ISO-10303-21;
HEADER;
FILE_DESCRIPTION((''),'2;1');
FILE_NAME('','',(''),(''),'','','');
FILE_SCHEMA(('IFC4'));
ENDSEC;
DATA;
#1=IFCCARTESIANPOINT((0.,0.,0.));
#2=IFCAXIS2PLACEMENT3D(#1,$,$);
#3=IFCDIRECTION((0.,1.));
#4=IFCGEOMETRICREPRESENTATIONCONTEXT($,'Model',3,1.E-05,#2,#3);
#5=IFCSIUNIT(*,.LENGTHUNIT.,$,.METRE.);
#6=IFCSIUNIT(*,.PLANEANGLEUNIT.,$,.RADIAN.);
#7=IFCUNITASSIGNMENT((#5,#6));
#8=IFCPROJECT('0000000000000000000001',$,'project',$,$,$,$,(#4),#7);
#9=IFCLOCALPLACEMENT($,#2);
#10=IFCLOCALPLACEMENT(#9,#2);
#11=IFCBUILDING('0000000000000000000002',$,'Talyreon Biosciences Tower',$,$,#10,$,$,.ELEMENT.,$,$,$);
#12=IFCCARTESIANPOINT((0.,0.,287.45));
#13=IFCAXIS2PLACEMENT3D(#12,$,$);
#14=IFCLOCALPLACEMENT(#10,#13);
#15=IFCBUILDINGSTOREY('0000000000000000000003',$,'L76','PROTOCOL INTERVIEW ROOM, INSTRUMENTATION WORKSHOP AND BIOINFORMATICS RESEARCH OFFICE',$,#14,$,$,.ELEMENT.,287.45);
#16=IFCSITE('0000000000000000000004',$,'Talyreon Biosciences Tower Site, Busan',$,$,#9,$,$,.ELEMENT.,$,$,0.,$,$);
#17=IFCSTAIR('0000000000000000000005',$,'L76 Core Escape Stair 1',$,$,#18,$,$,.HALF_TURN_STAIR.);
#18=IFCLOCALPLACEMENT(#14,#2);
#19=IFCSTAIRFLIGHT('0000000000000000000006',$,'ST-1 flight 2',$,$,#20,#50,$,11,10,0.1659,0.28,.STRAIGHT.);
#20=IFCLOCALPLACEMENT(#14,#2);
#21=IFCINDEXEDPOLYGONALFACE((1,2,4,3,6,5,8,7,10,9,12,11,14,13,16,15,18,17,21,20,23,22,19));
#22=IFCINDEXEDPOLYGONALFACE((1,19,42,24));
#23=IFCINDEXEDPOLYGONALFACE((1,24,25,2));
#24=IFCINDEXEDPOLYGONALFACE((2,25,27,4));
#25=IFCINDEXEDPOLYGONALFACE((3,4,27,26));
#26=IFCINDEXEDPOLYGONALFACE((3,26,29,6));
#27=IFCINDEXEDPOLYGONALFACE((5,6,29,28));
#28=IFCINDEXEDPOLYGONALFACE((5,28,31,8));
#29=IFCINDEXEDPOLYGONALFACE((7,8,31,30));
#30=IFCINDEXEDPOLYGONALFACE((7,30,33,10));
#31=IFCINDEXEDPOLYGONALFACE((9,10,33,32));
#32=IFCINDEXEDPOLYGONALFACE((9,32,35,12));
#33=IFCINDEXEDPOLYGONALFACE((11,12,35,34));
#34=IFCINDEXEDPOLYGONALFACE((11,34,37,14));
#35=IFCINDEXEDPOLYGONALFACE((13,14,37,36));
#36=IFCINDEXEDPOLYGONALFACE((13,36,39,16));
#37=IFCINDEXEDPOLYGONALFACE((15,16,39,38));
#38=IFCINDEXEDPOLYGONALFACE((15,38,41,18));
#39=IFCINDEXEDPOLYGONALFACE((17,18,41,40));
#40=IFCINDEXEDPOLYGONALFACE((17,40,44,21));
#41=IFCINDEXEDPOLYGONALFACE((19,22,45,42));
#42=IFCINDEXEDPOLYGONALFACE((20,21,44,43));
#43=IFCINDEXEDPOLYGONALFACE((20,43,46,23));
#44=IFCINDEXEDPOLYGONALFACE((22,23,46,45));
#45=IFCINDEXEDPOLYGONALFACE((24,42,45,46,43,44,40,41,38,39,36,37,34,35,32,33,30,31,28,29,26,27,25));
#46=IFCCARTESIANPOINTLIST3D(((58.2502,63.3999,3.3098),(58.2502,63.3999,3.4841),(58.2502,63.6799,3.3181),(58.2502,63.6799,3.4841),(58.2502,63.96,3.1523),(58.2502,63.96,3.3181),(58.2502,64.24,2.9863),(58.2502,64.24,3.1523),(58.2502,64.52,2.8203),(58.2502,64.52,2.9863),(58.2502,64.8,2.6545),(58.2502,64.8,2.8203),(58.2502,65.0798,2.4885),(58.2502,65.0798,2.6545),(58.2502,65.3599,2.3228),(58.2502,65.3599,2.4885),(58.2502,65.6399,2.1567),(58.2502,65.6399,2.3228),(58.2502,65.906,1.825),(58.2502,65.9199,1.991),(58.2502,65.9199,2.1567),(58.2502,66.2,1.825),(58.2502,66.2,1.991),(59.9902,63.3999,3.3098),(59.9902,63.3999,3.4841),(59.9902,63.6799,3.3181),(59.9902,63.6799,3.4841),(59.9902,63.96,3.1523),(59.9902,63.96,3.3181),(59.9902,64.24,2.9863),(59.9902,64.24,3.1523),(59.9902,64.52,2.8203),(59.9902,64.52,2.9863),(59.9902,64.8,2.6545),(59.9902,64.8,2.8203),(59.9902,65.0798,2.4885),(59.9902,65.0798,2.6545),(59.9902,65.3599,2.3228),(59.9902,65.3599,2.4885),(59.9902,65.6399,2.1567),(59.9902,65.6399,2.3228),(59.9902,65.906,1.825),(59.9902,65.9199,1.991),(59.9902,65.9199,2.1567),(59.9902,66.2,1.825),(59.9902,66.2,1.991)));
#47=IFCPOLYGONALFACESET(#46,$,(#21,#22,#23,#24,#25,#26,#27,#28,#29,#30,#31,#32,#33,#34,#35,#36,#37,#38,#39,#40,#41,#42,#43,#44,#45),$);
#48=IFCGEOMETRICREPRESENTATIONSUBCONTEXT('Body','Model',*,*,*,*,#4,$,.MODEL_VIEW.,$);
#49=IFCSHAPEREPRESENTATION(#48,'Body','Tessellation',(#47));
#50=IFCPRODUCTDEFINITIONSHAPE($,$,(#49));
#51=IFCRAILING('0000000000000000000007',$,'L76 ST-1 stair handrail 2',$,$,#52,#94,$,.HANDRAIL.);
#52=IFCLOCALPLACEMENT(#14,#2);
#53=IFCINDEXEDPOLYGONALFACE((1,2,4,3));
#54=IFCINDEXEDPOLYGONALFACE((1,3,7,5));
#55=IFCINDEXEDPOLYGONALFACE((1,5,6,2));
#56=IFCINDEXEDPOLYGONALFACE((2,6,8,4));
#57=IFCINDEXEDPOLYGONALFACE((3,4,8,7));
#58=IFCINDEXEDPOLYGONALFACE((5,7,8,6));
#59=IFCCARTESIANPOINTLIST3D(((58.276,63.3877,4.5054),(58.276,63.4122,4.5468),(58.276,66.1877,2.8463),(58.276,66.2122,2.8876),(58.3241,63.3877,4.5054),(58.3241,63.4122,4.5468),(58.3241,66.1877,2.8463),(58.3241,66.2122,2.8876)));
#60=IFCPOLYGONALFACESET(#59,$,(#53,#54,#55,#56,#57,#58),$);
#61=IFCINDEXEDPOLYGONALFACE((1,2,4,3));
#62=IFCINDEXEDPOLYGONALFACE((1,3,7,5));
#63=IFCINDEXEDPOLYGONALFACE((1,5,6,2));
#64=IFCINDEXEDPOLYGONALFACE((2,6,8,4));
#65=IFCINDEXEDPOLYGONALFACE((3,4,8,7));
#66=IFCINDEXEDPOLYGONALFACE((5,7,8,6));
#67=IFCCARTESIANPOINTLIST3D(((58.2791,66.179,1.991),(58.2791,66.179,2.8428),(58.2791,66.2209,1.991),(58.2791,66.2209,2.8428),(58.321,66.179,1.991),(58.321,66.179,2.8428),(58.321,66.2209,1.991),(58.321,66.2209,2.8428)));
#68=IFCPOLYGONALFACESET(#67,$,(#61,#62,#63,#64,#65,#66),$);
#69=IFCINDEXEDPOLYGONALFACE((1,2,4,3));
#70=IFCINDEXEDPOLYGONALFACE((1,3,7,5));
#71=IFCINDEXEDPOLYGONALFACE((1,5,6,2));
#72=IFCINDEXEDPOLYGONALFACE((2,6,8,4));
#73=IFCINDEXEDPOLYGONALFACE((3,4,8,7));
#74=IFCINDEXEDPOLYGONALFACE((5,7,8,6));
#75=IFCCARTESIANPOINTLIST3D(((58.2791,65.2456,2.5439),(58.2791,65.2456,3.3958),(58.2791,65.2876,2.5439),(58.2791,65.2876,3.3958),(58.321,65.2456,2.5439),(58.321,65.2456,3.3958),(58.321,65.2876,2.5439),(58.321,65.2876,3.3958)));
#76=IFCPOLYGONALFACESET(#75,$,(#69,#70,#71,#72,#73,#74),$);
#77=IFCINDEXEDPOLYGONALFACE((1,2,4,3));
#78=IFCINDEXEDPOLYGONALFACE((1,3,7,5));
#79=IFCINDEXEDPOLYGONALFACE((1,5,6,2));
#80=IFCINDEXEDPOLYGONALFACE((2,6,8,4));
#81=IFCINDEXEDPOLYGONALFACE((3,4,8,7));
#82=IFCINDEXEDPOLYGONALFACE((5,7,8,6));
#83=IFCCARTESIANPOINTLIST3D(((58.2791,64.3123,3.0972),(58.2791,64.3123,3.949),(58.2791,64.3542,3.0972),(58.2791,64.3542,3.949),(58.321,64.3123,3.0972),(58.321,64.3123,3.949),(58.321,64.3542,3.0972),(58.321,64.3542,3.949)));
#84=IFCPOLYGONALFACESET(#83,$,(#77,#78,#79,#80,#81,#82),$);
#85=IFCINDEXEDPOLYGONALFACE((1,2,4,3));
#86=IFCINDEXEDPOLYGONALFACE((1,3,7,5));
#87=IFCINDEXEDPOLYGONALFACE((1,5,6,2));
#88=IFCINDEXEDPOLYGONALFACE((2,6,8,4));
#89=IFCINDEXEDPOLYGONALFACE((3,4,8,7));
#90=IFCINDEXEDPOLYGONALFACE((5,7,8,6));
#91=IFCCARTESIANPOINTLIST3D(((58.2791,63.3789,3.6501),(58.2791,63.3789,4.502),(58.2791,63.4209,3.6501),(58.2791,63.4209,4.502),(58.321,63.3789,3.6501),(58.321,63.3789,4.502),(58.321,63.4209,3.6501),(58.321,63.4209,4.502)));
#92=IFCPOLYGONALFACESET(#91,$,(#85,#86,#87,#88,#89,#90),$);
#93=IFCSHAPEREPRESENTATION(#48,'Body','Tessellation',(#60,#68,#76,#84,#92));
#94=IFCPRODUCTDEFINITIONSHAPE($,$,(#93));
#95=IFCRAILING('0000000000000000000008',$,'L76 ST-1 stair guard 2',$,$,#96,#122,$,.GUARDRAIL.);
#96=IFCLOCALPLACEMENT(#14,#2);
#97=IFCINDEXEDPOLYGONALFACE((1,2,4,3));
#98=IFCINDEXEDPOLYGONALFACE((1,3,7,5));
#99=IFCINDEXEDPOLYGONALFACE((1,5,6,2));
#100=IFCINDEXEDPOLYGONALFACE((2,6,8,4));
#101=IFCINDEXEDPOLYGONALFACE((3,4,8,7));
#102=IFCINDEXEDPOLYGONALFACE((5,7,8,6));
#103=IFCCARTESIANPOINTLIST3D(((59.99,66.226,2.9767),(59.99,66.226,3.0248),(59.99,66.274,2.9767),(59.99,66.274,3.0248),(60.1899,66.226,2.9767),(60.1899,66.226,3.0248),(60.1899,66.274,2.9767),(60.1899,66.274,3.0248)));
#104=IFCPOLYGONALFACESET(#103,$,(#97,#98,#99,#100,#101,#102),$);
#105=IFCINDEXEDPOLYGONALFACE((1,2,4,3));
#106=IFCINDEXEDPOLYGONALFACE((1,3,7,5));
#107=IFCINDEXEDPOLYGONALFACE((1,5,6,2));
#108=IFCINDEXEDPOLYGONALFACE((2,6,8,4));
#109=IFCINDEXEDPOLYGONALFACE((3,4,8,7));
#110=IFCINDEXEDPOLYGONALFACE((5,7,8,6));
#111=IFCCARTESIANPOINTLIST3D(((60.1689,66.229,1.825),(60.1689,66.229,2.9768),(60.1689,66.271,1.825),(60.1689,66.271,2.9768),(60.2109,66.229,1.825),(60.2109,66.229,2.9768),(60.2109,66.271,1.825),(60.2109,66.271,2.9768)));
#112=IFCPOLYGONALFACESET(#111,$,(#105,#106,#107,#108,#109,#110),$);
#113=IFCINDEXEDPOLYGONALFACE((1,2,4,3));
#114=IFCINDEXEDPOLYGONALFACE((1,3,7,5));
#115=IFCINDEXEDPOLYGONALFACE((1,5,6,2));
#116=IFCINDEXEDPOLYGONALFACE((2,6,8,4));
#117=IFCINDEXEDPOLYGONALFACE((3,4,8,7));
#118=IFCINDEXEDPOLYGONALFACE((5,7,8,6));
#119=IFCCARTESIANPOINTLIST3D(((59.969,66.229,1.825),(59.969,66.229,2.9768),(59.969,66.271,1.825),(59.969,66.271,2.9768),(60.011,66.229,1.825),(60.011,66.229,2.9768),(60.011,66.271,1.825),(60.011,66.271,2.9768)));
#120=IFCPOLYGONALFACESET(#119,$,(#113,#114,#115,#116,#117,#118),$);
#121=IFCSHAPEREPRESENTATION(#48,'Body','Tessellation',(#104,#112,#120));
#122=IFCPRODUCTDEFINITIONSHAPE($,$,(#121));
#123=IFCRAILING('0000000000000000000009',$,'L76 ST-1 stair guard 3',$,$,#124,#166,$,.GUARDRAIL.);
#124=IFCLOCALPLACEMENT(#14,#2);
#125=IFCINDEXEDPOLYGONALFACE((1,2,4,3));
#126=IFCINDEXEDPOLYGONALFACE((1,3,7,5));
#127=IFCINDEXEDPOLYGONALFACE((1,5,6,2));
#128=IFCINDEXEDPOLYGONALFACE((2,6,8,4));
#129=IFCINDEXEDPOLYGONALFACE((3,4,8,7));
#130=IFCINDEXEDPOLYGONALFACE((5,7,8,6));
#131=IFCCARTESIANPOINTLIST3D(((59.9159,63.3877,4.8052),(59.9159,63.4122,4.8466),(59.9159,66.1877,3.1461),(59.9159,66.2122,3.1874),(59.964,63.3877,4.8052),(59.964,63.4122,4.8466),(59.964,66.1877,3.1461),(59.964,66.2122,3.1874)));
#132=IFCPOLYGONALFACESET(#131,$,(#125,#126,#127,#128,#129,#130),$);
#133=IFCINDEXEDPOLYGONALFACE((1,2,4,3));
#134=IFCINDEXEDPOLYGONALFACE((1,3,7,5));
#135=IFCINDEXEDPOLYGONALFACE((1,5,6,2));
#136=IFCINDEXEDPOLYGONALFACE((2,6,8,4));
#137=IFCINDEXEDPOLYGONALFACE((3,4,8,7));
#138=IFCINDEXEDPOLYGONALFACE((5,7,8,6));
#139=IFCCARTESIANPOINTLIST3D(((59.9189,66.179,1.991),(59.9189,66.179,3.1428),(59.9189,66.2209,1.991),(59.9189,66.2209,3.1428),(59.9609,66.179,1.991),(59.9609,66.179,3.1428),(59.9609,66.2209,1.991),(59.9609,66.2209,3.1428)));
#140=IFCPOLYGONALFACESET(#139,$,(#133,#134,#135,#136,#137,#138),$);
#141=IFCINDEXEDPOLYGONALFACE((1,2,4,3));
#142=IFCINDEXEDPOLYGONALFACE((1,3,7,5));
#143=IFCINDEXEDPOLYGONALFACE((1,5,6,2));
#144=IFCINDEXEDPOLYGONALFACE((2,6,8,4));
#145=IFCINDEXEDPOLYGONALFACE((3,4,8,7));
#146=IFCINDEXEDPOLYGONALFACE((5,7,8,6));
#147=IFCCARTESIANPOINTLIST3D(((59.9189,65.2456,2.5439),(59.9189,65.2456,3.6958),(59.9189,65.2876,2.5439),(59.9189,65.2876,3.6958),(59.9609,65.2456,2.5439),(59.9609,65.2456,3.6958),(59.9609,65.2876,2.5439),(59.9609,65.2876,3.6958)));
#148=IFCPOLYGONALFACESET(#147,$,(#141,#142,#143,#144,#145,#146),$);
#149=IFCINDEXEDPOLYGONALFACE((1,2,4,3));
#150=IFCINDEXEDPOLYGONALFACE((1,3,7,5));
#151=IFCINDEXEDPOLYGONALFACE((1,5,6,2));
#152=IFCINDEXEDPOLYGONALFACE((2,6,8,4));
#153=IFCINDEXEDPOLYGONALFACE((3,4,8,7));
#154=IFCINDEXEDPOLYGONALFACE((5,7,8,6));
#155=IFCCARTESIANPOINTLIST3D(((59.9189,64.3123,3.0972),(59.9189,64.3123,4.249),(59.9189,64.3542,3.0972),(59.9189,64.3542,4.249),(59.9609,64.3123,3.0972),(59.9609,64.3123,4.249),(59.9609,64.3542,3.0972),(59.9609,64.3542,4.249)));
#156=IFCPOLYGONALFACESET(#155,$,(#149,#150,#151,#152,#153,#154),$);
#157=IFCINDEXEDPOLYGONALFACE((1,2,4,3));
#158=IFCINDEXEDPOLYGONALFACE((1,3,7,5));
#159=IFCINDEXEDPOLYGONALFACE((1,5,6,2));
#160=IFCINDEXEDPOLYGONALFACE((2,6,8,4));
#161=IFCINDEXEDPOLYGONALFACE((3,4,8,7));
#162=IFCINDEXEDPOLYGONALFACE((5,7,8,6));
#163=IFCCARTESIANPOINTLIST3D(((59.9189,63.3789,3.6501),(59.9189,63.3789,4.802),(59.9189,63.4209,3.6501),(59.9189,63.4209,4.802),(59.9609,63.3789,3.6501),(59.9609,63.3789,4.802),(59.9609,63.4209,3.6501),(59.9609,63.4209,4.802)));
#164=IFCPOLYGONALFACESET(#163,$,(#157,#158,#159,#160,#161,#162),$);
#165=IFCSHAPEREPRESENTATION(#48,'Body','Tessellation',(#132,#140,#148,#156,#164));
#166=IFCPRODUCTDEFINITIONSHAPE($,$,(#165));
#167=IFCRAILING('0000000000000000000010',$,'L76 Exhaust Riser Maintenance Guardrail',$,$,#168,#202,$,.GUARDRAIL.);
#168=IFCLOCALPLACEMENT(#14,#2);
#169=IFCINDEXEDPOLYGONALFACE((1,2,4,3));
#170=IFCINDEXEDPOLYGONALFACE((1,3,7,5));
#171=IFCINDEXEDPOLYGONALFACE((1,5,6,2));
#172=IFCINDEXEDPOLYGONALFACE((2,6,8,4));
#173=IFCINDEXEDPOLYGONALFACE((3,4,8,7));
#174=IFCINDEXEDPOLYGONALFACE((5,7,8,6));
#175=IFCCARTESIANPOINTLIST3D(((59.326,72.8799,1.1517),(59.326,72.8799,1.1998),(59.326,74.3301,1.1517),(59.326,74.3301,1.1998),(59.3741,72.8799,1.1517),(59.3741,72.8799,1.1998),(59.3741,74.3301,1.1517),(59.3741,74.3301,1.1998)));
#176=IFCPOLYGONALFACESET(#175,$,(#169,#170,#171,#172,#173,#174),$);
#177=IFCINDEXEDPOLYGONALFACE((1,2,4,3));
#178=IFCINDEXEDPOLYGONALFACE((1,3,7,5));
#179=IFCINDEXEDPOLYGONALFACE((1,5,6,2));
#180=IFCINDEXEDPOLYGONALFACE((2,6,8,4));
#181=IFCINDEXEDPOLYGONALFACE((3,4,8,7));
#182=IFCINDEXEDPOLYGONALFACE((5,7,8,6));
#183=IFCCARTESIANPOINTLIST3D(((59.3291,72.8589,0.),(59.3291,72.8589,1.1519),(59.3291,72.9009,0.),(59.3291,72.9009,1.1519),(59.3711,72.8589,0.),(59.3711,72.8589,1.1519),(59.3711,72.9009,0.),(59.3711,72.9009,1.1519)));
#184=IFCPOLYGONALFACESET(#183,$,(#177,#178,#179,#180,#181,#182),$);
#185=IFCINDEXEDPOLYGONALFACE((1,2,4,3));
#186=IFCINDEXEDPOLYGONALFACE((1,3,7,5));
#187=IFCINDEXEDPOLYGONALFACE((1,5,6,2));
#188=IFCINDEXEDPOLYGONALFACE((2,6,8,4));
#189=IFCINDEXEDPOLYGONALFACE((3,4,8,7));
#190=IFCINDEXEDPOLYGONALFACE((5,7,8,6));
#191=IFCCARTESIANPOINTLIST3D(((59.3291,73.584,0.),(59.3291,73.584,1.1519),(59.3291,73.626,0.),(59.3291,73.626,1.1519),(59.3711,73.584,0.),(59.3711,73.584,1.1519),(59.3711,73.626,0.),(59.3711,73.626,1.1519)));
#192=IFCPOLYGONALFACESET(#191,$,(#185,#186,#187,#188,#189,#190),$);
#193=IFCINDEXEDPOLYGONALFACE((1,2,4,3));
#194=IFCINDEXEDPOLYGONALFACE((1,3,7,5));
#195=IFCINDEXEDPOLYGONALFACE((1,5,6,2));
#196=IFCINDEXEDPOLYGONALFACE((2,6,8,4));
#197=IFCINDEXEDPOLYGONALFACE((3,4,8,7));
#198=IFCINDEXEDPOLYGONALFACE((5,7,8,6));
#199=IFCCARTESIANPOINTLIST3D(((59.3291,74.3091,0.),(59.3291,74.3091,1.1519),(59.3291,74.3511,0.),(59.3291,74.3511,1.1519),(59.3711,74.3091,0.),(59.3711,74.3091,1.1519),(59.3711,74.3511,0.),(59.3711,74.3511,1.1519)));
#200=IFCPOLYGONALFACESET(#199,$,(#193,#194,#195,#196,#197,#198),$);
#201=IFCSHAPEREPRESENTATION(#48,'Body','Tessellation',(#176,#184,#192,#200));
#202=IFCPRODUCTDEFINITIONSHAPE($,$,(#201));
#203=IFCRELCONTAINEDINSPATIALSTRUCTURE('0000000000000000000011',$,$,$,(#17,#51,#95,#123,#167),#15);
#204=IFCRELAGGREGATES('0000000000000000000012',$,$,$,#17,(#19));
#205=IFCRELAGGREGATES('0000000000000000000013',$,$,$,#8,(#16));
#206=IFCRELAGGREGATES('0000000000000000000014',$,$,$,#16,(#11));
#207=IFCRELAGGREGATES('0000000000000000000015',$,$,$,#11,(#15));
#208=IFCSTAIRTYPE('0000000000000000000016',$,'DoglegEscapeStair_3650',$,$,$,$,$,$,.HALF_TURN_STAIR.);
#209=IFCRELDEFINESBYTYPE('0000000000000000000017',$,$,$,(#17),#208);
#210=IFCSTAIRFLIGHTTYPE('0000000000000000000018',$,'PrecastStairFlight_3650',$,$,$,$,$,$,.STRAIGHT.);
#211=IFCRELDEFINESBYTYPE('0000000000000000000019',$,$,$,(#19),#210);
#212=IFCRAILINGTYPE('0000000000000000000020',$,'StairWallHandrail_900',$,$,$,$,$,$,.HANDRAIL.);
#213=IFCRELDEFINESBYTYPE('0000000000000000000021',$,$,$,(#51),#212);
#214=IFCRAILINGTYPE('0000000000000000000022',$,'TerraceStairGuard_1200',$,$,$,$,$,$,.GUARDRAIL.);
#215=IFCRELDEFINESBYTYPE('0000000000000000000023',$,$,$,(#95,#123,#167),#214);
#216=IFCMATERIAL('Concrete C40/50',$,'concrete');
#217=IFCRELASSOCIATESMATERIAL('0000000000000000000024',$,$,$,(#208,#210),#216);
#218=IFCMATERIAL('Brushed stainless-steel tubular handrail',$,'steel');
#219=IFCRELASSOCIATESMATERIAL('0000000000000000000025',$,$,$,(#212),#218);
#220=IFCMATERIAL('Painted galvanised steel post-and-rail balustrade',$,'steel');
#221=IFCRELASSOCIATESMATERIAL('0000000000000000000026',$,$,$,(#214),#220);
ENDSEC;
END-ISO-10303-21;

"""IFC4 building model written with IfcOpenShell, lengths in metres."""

from ifc_helpers import new_model, si_unit, direction, frame, origin, origin_2d, place, context, subcontext, project, spatial, polyline, rectangle, outline, extrude, material, type_object, element, aggregate, save


model = new_model("IFC4")

# Units and contexts
model_context = context("Model", 3, precision=1e-05, world=origin(), true_north=direction((0.0, 1.0)))
body_context = subcontext(model_context, "Body", "Model", "MODEL_VIEW")
ifc_project = project(units=[si_unit("LENGTHUNIT", "METRE"), si_unit("PLANEANGLEUNIT", "RADIAN")], contexts=[model_context])

# Site, building, storey
site_placement = place(None, origin())
site = spatial("IfcSite", under=ifc_project, at=site_placement, Name="Talyreon Biosciences Tower Site, Busan", CompositionType="ELEMENT", RefElevation=0.0)
building_placement = place(site_placement, origin())
building = spatial("IfcBuilding", under=site, at=building_placement, Name="Talyreon Biosciences Tower", CompositionType="ELEMENT")
storey_placement = place(building_placement, frame((0.0, 0.0, 287.45)))
storey = spatial("IfcBuildingStorey", under=building, at=storey_placement, Name="L76", Description="PROTOCOL INTERVIEW ROOM, INSTRUMENTATION WORKSHOP AND BIOINFORMATICS RESEARCH OFFICE", CompositionType="ELEMENT", Elevation=287.45)

# Stair, stair flight
ifc_material_1 = material(Name="Concrete C40/50", Category="concrete")
stair_type = type_object("IfcStairType", Name="DoglegEscapeStair_3650", PredefinedType="HALF_TURN_STAIR", material=ifc_material_1)
stair_placement = place(storey_placement, origin())
stair = element("IfcStair", 1, at=stair_placement, inside=storey, type_object=stair_type, Name="L76 Core Escape Stair 1", PredefinedType="HALF_TURN_STAIR")
stair_flight_type = type_object("IfcStairFlightType", Name="PrecastStairFlight_3650", PredefinedType="STRAIGHT", material=ifc_material_1)
stair_flight_placement = place(storey_placement, frame((59.1201, 66.2, 1.825), z_axis=(0.0, 0.0, 1.0), x_axis=(0.0, -1.0, 0.0)))
stair_flight = element("IfcStairFlight", 2, at=stair_flight_placement, type_object=stair_flight_type, Name="ST-1 flight 2", NumberOfRisers=11, NumberOfTreads=10, PredefinedType="STRAIGHT", RiserHeight=0.1659, TreadLength=0.28, context=body_context, shape_type="SweptSolid", body=[
    extrude(outline(polyline([(0.0, 0.0), (0.0, 0.166), (0.28, 0.166), (0.28, 0.3318), (0.5601, 0.3318), (0.5601, 0.4978), (0.8401, 0.4978), (0.8401, 0.6636), (1.1201, 0.6636), (1.1201, 0.8296), (1.3999, 0.8296), (1.3999, 0.9954), (1.6799, 0.9954), (1.6799, 1.1614), (1.96, 1.1614), (1.96, 1.3274), (2.24, 1.3274), (2.24, 1.4932), (2.52, 1.4932), (2.52, 1.6592), (2.8, 1.6592), (2.8, 1.825), (2.8, 1.4849), (0.2939, 0.0), (0.0, 0.0)])), frame((0.0, 0.8701, 0.0), z_axis=(0.0, -1.0, 0.0), x_axis=(1.0, 0.0, 0.0)), (0.0, 0.0, 1.0), 1.74),
])
aggregate(stair, [stair_flight])

# Railings
ifc_material_2 = material(Name="Brushed stainless-steel tubular handrail", Category="steel")
railing_type_1 = type_object("IfcRailingType", Name="StairWallHandrail_900", PredefinedType="HANDRAIL", material=ifc_material_2)
railing_1_placement = place(storey_placement, frame((58.3, 66.2, 1.991)))
element("IfcRailing", 3, at=railing_1_placement, inside=storey, type_object=railing_type_1, Name="L76 ST-1 stair handrail 2", PredefinedType="HANDRAIL", context=body_context, shape_type="SweptSolid", body=[
    extrude(rectangle(XDim=0.0481, YDim=0.0481, at=origin_2d()), frame((0.0, 0.0, 0.876), z_axis=(0.0, -0.860306, 0.509778), x_axis=(1.0, 0.0, 0.0)), (0.0, 0.0, 1.0), 3.2546),
    extrude(rectangle(XDim=0.042, YDim=0.042, at=origin_2d()), origin(), (0.0, 0.0, 1.0), 0.8518),
    extrude(rectangle(XDim=0.042, YDim=0.042, at=origin_2d()), frame((0.0, -0.9333, 0.553)), (0.0, 0.0, 1.0), 0.8518),
    extrude(rectangle(XDim=0.042, YDim=0.042, at=origin_2d()), frame((0.0, -1.8667, 1.1062)), (0.0, 0.0, 1.0), 0.8518),
    extrude(rectangle(XDim=0.042, YDim=0.042, at=origin_2d()), frame((0.0, -2.8, 1.6592)), (0.0, 0.0, 1.0), 0.8518),
])
ifc_material_3 = material(Name="Painted galvanised steel post-and-rail balustrade", Category="steel")
railing_type_2 = type_object("IfcRailingType", Name="TerraceStairGuard_1200", PredefinedType="GUARDRAIL", material=ifc_material_3)
railing_2_placement = place(storey_placement, frame((60.1899, 66.25, 1.825)))
element("IfcRailing", 4, at=railing_2_placement, inside=storey, type_object=railing_type_2, Name="L76 ST-1 stair guard 2", PredefinedType="GUARDRAIL", context=body_context, shape_type="SweptSolid", body=[
    extrude(rectangle(XDim=0.0481, YDim=0.0481, at=origin_2d()), frame((0.0, 0.0, 1.1758), z_axis=(-1.0, 0.0, 0.0), x_axis=(0.0, -1.0, 0.0)), (0.0, 0.0, 1.0), 0.2),
    extrude(rectangle(XDim=0.042, YDim=0.042, at=origin_2d()), origin(), (0.0, 0.0, 1.0), 1.1519),
    extrude(rectangle(XDim=0.042, YDim=0.042, at=origin_2d()), frame((-0.2, 0.0, 0.0)), (0.0, 0.0, 1.0), 1.1519),
])
railing_3_placement = place(storey_placement, frame((59.9399, 66.2, 1.991)))
element("IfcRailing", 5, at=railing_3_placement, inside=storey, type_object=railing_type_2, Name="L76 ST-1 stair guard 3", PredefinedType="GUARDRAIL", context=body_context, shape_type="SweptSolid", body=[
    extrude(rectangle(XDim=0.0481, YDim=0.0481, at=origin_2d()), frame((0.0, 0.0, 1.1758), z_axis=(0.0, -0.860306, 0.509778), x_axis=(1.0, 0.0, 0.0)), (0.0, 0.0, 1.0), 3.2546),
    extrude(rectangle(XDim=0.042, YDim=0.042, at=origin_2d()), origin(), (0.0, 0.0, 1.0), 1.1519),
    extrude(rectangle(XDim=0.042, YDim=0.042, at=origin_2d()), frame((0.0, -0.9333, 0.553)), (0.0, 0.0, 1.0), 1.1519),
    extrude(rectangle(XDim=0.042, YDim=0.042, at=origin_2d()), frame((0.0, -1.8667, 1.1062)), (0.0, 0.0, 1.0), 1.1519),
    extrude(rectangle(XDim=0.042, YDim=0.042, at=origin_2d()), frame((0.0, -2.8, 1.6592)), (0.0, 0.0, 1.0), 1.1519),
])
railing_4_placement = place(storey_placement, frame((59.3501, 72.8799, 0.0)))
element("IfcRailing", 6, at=railing_4_placement, inside=storey, type_object=railing_type_2, Name="L76 Exhaust Riser Maintenance Guardrail", PredefinedType="GUARDRAIL", context=body_context, shape_type="SweptSolid", body=[
    extrude(rectangle(XDim=0.0481, YDim=0.0481, at=origin_2d()), frame((0.0, 0.0, 1.1758), z_axis=(0.0, 1.0, 0.0), x_axis=(-1.0, 0.0, 0.0)), (0.0, 0.0, 1.0), 1.4502),
    extrude(rectangle(XDim=0.042, YDim=0.042, at=origin_2d()), origin(), (0.0, 0.0, 1.0), 1.1519),
    extrude(rectangle(XDim=0.042, YDim=0.042, at=origin_2d()), frame((0.0, 0.7251, 0.0)), (0.0, 0.0, 1.0), 1.1519),
    extrude(rectangle(XDim=0.042, YDim=0.042, at=origin_2d()), frame((0.0, 1.4502, 0.0)), (0.0, 0.0, 1.0), 1.1519),
])

save(model, "model.ifc")
